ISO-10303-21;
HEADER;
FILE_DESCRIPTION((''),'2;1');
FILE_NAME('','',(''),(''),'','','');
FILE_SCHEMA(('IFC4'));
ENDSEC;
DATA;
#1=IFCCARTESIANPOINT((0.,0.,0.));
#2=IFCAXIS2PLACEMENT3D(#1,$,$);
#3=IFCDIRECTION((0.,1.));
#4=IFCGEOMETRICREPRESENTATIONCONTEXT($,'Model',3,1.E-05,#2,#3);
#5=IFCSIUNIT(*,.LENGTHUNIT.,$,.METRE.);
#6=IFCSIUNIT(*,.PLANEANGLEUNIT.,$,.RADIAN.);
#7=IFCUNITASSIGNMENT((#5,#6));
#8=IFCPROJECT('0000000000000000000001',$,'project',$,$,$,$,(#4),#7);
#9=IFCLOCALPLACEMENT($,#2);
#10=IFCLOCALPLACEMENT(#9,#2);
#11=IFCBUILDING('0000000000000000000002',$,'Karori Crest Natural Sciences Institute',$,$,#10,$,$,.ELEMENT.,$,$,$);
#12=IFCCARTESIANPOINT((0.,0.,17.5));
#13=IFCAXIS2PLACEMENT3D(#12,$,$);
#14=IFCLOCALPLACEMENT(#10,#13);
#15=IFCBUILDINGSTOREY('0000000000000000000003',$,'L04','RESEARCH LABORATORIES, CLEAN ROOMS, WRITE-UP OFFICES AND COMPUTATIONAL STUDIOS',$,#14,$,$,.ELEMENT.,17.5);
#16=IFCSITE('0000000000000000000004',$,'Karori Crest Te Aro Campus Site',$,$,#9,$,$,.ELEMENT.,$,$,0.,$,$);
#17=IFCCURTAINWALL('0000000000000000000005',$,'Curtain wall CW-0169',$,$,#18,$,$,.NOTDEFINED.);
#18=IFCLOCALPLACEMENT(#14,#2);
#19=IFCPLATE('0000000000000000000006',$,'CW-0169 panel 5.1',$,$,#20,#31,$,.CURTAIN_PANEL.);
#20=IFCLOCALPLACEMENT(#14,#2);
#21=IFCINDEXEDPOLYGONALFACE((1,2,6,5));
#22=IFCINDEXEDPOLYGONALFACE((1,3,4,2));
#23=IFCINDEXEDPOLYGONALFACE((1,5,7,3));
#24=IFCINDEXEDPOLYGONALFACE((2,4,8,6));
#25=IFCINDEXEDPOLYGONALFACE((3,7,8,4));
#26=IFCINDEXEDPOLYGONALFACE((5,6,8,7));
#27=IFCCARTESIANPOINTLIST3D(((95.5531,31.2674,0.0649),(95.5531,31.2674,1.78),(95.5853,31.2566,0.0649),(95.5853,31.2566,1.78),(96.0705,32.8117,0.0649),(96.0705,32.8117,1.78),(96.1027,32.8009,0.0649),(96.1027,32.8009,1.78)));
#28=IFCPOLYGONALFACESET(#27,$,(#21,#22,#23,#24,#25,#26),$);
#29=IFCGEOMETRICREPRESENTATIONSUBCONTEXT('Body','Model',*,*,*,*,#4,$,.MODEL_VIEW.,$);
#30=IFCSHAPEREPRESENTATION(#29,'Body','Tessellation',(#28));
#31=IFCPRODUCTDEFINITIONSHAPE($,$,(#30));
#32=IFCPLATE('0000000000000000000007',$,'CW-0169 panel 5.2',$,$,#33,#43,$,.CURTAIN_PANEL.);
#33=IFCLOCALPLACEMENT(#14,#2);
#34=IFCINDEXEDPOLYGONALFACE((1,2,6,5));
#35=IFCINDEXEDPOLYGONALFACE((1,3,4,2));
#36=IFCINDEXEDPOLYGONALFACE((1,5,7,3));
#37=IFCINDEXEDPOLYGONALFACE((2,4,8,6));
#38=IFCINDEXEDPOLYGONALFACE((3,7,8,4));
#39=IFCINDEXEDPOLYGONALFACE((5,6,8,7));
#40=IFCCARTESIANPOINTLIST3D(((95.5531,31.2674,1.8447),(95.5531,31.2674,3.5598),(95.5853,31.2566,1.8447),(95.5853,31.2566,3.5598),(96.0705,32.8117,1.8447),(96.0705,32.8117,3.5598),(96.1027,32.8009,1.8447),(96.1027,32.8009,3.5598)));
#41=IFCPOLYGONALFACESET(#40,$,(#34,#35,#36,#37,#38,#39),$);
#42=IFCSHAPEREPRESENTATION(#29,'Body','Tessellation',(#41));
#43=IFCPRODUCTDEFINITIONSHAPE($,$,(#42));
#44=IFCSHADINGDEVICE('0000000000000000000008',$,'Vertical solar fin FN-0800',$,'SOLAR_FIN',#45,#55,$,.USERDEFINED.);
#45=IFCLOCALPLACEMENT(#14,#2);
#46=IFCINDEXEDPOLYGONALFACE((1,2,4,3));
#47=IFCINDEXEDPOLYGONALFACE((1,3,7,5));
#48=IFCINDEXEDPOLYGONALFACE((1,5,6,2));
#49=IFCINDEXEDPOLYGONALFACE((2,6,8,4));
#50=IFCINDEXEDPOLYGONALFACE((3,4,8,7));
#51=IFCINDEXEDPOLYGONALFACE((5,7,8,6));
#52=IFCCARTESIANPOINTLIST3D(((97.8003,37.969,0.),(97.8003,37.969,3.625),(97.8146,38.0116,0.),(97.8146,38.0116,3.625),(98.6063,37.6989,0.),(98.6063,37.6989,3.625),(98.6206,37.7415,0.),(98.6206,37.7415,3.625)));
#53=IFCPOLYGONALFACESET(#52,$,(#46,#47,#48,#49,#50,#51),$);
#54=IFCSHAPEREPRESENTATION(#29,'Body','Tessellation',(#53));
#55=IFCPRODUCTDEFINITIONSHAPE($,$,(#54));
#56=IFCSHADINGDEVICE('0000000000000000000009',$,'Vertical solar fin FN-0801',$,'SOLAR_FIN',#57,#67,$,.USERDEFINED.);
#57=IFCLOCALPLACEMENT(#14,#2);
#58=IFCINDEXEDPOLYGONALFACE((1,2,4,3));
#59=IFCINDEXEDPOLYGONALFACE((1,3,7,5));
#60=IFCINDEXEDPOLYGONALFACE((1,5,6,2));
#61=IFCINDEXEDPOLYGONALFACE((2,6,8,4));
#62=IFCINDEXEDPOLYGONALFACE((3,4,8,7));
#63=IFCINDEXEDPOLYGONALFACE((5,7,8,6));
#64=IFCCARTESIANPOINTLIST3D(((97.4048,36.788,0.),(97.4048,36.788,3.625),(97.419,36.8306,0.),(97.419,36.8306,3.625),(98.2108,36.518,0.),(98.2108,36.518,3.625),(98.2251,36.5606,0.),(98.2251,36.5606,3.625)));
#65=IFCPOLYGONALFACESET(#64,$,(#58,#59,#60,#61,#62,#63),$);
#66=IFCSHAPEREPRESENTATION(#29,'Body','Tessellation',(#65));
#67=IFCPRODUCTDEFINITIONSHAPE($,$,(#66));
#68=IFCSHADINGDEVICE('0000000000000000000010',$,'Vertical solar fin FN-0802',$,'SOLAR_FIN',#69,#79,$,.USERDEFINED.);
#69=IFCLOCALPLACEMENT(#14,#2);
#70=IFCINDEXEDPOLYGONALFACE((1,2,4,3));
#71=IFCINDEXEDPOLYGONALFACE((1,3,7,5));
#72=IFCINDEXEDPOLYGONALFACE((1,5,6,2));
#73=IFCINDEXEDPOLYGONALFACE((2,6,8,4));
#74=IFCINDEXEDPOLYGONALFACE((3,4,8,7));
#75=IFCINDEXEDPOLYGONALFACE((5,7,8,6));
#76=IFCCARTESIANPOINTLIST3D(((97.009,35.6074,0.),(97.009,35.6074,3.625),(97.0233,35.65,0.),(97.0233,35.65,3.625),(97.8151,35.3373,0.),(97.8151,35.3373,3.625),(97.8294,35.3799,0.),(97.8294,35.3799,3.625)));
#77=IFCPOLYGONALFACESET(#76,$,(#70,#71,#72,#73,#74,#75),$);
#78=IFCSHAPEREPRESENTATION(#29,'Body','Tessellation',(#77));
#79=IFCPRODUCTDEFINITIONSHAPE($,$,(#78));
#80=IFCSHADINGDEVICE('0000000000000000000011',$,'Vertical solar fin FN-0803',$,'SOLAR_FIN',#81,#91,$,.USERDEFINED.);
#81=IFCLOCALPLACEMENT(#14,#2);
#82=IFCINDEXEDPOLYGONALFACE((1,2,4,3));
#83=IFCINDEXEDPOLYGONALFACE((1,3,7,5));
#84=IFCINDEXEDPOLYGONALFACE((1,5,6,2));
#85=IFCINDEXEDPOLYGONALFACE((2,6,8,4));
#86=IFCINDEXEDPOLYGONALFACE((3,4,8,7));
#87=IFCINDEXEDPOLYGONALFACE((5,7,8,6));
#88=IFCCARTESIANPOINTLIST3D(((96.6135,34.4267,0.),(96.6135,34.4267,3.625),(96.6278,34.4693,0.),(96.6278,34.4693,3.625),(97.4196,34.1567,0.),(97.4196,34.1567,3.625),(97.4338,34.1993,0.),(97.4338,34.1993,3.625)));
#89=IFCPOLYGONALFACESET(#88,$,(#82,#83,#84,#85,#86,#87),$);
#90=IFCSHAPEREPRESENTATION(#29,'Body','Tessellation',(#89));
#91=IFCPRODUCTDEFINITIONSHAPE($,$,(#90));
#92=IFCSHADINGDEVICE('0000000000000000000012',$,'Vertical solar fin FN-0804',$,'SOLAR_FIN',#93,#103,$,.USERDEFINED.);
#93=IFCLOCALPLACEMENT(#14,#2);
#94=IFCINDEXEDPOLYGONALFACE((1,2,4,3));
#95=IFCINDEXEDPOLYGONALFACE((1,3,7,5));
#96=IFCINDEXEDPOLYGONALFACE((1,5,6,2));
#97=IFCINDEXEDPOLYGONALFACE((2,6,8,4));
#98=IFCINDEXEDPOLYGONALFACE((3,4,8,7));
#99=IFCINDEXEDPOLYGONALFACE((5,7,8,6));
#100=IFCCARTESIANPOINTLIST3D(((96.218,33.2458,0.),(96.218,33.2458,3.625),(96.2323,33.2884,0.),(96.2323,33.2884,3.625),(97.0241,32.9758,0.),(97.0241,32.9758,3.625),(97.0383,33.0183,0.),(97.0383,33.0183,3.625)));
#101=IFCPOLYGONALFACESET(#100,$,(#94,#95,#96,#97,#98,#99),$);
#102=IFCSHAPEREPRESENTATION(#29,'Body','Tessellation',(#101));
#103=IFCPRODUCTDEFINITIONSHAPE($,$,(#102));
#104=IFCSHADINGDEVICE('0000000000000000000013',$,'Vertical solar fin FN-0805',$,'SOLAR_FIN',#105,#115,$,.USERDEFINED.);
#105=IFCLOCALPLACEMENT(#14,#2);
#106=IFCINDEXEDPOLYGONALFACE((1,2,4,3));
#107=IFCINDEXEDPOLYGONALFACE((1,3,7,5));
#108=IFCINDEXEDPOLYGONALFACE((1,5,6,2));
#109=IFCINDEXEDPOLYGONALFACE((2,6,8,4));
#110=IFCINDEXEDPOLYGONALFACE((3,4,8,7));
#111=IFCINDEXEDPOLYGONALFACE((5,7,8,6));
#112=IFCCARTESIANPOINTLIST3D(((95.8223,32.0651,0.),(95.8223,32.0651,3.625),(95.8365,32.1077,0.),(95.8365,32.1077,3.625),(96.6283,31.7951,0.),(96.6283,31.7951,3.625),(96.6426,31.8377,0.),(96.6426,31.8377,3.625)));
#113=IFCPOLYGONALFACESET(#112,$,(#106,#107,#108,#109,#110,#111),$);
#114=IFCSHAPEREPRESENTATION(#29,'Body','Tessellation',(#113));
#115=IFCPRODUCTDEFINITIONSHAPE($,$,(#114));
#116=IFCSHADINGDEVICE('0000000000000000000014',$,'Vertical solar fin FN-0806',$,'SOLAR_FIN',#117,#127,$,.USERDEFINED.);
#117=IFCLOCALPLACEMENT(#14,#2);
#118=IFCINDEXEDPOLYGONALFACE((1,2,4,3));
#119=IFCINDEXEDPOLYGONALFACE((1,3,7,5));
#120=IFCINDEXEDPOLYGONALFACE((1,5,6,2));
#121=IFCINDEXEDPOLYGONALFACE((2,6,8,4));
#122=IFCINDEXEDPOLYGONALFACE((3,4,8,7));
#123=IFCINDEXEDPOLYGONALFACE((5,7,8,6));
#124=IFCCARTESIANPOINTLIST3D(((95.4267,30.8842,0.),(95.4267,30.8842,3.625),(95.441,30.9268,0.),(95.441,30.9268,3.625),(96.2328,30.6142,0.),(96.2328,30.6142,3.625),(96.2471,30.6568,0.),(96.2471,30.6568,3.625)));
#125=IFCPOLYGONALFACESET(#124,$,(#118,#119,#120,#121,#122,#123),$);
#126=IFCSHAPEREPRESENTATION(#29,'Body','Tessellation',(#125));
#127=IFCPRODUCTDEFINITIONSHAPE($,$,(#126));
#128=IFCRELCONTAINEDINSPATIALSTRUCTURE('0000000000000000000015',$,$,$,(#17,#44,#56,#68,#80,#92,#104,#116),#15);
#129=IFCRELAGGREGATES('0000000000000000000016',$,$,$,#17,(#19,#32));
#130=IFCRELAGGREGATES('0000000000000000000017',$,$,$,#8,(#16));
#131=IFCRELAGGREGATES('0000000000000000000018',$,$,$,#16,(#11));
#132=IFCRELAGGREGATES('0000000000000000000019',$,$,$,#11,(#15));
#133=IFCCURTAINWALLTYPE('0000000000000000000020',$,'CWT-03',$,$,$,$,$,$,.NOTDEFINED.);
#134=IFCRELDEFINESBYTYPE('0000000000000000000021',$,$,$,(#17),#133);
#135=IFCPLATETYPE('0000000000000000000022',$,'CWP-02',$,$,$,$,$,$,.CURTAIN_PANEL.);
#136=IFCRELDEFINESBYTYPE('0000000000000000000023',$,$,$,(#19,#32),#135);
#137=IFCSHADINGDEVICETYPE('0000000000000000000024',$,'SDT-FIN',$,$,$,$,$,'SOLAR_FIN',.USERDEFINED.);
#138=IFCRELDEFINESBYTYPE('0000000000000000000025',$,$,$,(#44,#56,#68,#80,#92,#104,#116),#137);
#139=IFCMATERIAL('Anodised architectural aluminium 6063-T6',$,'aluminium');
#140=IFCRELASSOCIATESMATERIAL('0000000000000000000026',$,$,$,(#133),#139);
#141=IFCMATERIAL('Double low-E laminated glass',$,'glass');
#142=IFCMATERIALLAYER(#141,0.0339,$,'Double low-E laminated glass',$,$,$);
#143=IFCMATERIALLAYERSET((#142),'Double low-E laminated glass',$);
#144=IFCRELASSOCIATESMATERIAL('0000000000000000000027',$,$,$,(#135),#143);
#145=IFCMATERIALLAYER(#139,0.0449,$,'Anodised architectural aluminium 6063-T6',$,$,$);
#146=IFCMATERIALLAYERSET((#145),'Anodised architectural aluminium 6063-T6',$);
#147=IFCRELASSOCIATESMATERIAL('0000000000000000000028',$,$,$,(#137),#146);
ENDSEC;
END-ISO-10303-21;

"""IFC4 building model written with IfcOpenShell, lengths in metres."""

from ifc_helpers import new_model, si_unit, direction, frame, origin, origin_2d, place, context, subcontext, project, spatial, rectangle, extrude, material, layer, layer_set, type_object, element, aggregate, save


model = new_model("IFC4")

# Units and contexts
model_context = context("Model", 3, precision=1e-05, world=origin(), true_north=direction((0.0, 1.0)))
body_context = subcontext(model_context, "Body", "Model", "MODEL_VIEW")
ifc_project = project(units=[si_unit("LENGTHUNIT", "METRE"), si_unit("PLANEANGLEUNIT", "RADIAN")], contexts=[model_context])

# Site, building, storey
site_placement = place(None, origin())
site = spatial("IfcSite", under=ifc_project, at=site_placement, Name="Karori Crest Te Aro Campus Site", CompositionType="ELEMENT", RefElevation=0.0)
building_placement = place(site_placement, origin())
building = spatial("IfcBuilding", under=site, at=building_placement, Name="Karori Crest Natural Sciences Institute", CompositionType="ELEMENT")
storey_placement = place(building_placement, frame((0.0, 0.0, 17.5)))
storey = spatial("IfcBuildingStorey", under=building, at=storey_placement, Name="L04", Description="RESEARCH LABORATORIES, CLEAN ROOMS, WRITE-UP OFFICES AND COMPUTATIONAL STUDIOS", CompositionType="ELEMENT", Elevation=17.5)

# Curtain wall, plates
ifc_material_1 = material(Name="Anodised architectural aluminium 6063-T6", Category="aluminium")
curtain_wall_type = type_object("IfcCurtainWallType", Name="CWT-03", PredefinedType="NOTDEFINED", material=ifc_material_1)
curtain_wall_placement = place(storey_placement, origin())
curtain_wall = element("IfcCurtainWall", 1, at=curtain_wall_placement, inside=storey, type_object=curtain_wall_type, Name="Curtain wall CW-0169", PredefinedType="NOTDEFINED")
ifc_material_2 = material(Name="Double low-E laminated glass", Category="glass")
ifc_layer_1 = layer(ifc_material_2, 0.0339, Name="Double low-E laminated glass")
ifc_layer_set_1 = layer_set([ifc_layer_1], Name="Double low-E laminated glass")
plate_type = type_object("IfcPlateType", Name="CWP-02", PredefinedType="CURTAIN_PANEL", material=ifc_layer_set_1)
plate_1_placement = place(storey_placement, frame((95.8279, 32.0342, 0.0649), z_axis=(0.0, 0.0, 1.0), x_axis=(-0.31768, -0.948198, 0.0)))
plate_1 = element("IfcPlate", 2, at=plate_1_placement, type_object=plate_type, Name="CW-0169 panel 5.1", PredefinedType="CURTAIN_PANEL", context=body_context, shape_type="SweptSolid", body=[
    extrude(rectangle(XDim=1.6287, YDim=0.0339, at=origin_2d()), origin(), (0.0, 0.0, 1.0), 1.7151),
])
plate_2_placement = place(storey_placement, frame((95.8279, 32.0342, 1.8447), z_axis=(0.0, 0.0, 1.0), x_axis=(-0.31768, -0.948198, 0.0)))
plate_2 = element("IfcPlate", 3, at=plate_2_placement, type_object=plate_type, Name="CW-0169 panel 5.2", PredefinedType="CURTAIN_PANEL", context=body_context, shape_type="SweptSolid", body=[
    extrude(rectangle(XDim=1.6287, YDim=0.0339, at=origin_2d()), origin(), (0.0, 0.0, 1.0), 1.7151),
])
aggregate(curtain_wall, [plate_1, plate_2])

# Shading devices
ifc_layer_2 = layer(ifc_material_1, 0.0449, Name="Anodised architectural aluminium 6063-T6")
ifc_layer_set_2 = layer_set([ifc_layer_2], Name="Anodised architectural aluminium 6063-T6")
shading_device_type = type_object("IfcShadingDeviceType", Name="SDT-FIN", ElementType="SOLAR_FIN", PredefinedType="USERDEFINED", material=ifc_layer_set_2)
for number, where, z_axis, x_axis, name in (
    (4, (98.2104, 37.8552, 0.0), (0.0, 0.0, 1.0), (0.948198, -0.31768, 0.0), "Vertical solar fin FN-0800"),
    (5, (97.8149, 36.6743, 0.0), (0.0, 0.0, 1.0), (0.948198, -0.31768, 0.0), "Vertical solar fin FN-0801"),
    (6, (97.4192, 35.4937, 0.0), (0.0, 0.0, 1.0), (0.948198, -0.31768, 0.0), "Vertical solar fin FN-0802"),
    (7, (97.0237, 34.313, 0.0), (0.0, 0.0, 1.0), (0.948198, -0.31768, 0.0), "Vertical solar fin FN-0803"),
    (8, (96.6282, 33.1321, 0.0), (0.0, 0.0, 1.0), (0.948198, -0.31768, 0.0), "Vertical solar fin FN-0804"),
    (9, (96.2324, 31.9514, 0.0), (0.0, 0.0, 1.0), (0.948198, -0.31768, 0.0), "Vertical solar fin FN-0805"),
    (10, (95.8369, 30.7705, 0.0), (0.0, 0.0, 1.0), (0.948198, -0.31768, 0.0), "Vertical solar fin FN-0806"),
):
    element("IfcShadingDevice", number, at=place(storey_placement, frame(where, z_axis=z_axis, x_axis=x_axis)), inside=storey, type_object=shading_device_type, Name=name, ObjectType="SOLAR_FIN", PredefinedType="USERDEFINED", context=body_context, shape_type="SweptSolid", body=[
        extrude(rectangle(XDim=0.8501, YDim=0.0449, at=origin_2d()), origin(), (0.0, 0.0, 1.0), 3.625),
    ])

save(model, "model.ifc")
